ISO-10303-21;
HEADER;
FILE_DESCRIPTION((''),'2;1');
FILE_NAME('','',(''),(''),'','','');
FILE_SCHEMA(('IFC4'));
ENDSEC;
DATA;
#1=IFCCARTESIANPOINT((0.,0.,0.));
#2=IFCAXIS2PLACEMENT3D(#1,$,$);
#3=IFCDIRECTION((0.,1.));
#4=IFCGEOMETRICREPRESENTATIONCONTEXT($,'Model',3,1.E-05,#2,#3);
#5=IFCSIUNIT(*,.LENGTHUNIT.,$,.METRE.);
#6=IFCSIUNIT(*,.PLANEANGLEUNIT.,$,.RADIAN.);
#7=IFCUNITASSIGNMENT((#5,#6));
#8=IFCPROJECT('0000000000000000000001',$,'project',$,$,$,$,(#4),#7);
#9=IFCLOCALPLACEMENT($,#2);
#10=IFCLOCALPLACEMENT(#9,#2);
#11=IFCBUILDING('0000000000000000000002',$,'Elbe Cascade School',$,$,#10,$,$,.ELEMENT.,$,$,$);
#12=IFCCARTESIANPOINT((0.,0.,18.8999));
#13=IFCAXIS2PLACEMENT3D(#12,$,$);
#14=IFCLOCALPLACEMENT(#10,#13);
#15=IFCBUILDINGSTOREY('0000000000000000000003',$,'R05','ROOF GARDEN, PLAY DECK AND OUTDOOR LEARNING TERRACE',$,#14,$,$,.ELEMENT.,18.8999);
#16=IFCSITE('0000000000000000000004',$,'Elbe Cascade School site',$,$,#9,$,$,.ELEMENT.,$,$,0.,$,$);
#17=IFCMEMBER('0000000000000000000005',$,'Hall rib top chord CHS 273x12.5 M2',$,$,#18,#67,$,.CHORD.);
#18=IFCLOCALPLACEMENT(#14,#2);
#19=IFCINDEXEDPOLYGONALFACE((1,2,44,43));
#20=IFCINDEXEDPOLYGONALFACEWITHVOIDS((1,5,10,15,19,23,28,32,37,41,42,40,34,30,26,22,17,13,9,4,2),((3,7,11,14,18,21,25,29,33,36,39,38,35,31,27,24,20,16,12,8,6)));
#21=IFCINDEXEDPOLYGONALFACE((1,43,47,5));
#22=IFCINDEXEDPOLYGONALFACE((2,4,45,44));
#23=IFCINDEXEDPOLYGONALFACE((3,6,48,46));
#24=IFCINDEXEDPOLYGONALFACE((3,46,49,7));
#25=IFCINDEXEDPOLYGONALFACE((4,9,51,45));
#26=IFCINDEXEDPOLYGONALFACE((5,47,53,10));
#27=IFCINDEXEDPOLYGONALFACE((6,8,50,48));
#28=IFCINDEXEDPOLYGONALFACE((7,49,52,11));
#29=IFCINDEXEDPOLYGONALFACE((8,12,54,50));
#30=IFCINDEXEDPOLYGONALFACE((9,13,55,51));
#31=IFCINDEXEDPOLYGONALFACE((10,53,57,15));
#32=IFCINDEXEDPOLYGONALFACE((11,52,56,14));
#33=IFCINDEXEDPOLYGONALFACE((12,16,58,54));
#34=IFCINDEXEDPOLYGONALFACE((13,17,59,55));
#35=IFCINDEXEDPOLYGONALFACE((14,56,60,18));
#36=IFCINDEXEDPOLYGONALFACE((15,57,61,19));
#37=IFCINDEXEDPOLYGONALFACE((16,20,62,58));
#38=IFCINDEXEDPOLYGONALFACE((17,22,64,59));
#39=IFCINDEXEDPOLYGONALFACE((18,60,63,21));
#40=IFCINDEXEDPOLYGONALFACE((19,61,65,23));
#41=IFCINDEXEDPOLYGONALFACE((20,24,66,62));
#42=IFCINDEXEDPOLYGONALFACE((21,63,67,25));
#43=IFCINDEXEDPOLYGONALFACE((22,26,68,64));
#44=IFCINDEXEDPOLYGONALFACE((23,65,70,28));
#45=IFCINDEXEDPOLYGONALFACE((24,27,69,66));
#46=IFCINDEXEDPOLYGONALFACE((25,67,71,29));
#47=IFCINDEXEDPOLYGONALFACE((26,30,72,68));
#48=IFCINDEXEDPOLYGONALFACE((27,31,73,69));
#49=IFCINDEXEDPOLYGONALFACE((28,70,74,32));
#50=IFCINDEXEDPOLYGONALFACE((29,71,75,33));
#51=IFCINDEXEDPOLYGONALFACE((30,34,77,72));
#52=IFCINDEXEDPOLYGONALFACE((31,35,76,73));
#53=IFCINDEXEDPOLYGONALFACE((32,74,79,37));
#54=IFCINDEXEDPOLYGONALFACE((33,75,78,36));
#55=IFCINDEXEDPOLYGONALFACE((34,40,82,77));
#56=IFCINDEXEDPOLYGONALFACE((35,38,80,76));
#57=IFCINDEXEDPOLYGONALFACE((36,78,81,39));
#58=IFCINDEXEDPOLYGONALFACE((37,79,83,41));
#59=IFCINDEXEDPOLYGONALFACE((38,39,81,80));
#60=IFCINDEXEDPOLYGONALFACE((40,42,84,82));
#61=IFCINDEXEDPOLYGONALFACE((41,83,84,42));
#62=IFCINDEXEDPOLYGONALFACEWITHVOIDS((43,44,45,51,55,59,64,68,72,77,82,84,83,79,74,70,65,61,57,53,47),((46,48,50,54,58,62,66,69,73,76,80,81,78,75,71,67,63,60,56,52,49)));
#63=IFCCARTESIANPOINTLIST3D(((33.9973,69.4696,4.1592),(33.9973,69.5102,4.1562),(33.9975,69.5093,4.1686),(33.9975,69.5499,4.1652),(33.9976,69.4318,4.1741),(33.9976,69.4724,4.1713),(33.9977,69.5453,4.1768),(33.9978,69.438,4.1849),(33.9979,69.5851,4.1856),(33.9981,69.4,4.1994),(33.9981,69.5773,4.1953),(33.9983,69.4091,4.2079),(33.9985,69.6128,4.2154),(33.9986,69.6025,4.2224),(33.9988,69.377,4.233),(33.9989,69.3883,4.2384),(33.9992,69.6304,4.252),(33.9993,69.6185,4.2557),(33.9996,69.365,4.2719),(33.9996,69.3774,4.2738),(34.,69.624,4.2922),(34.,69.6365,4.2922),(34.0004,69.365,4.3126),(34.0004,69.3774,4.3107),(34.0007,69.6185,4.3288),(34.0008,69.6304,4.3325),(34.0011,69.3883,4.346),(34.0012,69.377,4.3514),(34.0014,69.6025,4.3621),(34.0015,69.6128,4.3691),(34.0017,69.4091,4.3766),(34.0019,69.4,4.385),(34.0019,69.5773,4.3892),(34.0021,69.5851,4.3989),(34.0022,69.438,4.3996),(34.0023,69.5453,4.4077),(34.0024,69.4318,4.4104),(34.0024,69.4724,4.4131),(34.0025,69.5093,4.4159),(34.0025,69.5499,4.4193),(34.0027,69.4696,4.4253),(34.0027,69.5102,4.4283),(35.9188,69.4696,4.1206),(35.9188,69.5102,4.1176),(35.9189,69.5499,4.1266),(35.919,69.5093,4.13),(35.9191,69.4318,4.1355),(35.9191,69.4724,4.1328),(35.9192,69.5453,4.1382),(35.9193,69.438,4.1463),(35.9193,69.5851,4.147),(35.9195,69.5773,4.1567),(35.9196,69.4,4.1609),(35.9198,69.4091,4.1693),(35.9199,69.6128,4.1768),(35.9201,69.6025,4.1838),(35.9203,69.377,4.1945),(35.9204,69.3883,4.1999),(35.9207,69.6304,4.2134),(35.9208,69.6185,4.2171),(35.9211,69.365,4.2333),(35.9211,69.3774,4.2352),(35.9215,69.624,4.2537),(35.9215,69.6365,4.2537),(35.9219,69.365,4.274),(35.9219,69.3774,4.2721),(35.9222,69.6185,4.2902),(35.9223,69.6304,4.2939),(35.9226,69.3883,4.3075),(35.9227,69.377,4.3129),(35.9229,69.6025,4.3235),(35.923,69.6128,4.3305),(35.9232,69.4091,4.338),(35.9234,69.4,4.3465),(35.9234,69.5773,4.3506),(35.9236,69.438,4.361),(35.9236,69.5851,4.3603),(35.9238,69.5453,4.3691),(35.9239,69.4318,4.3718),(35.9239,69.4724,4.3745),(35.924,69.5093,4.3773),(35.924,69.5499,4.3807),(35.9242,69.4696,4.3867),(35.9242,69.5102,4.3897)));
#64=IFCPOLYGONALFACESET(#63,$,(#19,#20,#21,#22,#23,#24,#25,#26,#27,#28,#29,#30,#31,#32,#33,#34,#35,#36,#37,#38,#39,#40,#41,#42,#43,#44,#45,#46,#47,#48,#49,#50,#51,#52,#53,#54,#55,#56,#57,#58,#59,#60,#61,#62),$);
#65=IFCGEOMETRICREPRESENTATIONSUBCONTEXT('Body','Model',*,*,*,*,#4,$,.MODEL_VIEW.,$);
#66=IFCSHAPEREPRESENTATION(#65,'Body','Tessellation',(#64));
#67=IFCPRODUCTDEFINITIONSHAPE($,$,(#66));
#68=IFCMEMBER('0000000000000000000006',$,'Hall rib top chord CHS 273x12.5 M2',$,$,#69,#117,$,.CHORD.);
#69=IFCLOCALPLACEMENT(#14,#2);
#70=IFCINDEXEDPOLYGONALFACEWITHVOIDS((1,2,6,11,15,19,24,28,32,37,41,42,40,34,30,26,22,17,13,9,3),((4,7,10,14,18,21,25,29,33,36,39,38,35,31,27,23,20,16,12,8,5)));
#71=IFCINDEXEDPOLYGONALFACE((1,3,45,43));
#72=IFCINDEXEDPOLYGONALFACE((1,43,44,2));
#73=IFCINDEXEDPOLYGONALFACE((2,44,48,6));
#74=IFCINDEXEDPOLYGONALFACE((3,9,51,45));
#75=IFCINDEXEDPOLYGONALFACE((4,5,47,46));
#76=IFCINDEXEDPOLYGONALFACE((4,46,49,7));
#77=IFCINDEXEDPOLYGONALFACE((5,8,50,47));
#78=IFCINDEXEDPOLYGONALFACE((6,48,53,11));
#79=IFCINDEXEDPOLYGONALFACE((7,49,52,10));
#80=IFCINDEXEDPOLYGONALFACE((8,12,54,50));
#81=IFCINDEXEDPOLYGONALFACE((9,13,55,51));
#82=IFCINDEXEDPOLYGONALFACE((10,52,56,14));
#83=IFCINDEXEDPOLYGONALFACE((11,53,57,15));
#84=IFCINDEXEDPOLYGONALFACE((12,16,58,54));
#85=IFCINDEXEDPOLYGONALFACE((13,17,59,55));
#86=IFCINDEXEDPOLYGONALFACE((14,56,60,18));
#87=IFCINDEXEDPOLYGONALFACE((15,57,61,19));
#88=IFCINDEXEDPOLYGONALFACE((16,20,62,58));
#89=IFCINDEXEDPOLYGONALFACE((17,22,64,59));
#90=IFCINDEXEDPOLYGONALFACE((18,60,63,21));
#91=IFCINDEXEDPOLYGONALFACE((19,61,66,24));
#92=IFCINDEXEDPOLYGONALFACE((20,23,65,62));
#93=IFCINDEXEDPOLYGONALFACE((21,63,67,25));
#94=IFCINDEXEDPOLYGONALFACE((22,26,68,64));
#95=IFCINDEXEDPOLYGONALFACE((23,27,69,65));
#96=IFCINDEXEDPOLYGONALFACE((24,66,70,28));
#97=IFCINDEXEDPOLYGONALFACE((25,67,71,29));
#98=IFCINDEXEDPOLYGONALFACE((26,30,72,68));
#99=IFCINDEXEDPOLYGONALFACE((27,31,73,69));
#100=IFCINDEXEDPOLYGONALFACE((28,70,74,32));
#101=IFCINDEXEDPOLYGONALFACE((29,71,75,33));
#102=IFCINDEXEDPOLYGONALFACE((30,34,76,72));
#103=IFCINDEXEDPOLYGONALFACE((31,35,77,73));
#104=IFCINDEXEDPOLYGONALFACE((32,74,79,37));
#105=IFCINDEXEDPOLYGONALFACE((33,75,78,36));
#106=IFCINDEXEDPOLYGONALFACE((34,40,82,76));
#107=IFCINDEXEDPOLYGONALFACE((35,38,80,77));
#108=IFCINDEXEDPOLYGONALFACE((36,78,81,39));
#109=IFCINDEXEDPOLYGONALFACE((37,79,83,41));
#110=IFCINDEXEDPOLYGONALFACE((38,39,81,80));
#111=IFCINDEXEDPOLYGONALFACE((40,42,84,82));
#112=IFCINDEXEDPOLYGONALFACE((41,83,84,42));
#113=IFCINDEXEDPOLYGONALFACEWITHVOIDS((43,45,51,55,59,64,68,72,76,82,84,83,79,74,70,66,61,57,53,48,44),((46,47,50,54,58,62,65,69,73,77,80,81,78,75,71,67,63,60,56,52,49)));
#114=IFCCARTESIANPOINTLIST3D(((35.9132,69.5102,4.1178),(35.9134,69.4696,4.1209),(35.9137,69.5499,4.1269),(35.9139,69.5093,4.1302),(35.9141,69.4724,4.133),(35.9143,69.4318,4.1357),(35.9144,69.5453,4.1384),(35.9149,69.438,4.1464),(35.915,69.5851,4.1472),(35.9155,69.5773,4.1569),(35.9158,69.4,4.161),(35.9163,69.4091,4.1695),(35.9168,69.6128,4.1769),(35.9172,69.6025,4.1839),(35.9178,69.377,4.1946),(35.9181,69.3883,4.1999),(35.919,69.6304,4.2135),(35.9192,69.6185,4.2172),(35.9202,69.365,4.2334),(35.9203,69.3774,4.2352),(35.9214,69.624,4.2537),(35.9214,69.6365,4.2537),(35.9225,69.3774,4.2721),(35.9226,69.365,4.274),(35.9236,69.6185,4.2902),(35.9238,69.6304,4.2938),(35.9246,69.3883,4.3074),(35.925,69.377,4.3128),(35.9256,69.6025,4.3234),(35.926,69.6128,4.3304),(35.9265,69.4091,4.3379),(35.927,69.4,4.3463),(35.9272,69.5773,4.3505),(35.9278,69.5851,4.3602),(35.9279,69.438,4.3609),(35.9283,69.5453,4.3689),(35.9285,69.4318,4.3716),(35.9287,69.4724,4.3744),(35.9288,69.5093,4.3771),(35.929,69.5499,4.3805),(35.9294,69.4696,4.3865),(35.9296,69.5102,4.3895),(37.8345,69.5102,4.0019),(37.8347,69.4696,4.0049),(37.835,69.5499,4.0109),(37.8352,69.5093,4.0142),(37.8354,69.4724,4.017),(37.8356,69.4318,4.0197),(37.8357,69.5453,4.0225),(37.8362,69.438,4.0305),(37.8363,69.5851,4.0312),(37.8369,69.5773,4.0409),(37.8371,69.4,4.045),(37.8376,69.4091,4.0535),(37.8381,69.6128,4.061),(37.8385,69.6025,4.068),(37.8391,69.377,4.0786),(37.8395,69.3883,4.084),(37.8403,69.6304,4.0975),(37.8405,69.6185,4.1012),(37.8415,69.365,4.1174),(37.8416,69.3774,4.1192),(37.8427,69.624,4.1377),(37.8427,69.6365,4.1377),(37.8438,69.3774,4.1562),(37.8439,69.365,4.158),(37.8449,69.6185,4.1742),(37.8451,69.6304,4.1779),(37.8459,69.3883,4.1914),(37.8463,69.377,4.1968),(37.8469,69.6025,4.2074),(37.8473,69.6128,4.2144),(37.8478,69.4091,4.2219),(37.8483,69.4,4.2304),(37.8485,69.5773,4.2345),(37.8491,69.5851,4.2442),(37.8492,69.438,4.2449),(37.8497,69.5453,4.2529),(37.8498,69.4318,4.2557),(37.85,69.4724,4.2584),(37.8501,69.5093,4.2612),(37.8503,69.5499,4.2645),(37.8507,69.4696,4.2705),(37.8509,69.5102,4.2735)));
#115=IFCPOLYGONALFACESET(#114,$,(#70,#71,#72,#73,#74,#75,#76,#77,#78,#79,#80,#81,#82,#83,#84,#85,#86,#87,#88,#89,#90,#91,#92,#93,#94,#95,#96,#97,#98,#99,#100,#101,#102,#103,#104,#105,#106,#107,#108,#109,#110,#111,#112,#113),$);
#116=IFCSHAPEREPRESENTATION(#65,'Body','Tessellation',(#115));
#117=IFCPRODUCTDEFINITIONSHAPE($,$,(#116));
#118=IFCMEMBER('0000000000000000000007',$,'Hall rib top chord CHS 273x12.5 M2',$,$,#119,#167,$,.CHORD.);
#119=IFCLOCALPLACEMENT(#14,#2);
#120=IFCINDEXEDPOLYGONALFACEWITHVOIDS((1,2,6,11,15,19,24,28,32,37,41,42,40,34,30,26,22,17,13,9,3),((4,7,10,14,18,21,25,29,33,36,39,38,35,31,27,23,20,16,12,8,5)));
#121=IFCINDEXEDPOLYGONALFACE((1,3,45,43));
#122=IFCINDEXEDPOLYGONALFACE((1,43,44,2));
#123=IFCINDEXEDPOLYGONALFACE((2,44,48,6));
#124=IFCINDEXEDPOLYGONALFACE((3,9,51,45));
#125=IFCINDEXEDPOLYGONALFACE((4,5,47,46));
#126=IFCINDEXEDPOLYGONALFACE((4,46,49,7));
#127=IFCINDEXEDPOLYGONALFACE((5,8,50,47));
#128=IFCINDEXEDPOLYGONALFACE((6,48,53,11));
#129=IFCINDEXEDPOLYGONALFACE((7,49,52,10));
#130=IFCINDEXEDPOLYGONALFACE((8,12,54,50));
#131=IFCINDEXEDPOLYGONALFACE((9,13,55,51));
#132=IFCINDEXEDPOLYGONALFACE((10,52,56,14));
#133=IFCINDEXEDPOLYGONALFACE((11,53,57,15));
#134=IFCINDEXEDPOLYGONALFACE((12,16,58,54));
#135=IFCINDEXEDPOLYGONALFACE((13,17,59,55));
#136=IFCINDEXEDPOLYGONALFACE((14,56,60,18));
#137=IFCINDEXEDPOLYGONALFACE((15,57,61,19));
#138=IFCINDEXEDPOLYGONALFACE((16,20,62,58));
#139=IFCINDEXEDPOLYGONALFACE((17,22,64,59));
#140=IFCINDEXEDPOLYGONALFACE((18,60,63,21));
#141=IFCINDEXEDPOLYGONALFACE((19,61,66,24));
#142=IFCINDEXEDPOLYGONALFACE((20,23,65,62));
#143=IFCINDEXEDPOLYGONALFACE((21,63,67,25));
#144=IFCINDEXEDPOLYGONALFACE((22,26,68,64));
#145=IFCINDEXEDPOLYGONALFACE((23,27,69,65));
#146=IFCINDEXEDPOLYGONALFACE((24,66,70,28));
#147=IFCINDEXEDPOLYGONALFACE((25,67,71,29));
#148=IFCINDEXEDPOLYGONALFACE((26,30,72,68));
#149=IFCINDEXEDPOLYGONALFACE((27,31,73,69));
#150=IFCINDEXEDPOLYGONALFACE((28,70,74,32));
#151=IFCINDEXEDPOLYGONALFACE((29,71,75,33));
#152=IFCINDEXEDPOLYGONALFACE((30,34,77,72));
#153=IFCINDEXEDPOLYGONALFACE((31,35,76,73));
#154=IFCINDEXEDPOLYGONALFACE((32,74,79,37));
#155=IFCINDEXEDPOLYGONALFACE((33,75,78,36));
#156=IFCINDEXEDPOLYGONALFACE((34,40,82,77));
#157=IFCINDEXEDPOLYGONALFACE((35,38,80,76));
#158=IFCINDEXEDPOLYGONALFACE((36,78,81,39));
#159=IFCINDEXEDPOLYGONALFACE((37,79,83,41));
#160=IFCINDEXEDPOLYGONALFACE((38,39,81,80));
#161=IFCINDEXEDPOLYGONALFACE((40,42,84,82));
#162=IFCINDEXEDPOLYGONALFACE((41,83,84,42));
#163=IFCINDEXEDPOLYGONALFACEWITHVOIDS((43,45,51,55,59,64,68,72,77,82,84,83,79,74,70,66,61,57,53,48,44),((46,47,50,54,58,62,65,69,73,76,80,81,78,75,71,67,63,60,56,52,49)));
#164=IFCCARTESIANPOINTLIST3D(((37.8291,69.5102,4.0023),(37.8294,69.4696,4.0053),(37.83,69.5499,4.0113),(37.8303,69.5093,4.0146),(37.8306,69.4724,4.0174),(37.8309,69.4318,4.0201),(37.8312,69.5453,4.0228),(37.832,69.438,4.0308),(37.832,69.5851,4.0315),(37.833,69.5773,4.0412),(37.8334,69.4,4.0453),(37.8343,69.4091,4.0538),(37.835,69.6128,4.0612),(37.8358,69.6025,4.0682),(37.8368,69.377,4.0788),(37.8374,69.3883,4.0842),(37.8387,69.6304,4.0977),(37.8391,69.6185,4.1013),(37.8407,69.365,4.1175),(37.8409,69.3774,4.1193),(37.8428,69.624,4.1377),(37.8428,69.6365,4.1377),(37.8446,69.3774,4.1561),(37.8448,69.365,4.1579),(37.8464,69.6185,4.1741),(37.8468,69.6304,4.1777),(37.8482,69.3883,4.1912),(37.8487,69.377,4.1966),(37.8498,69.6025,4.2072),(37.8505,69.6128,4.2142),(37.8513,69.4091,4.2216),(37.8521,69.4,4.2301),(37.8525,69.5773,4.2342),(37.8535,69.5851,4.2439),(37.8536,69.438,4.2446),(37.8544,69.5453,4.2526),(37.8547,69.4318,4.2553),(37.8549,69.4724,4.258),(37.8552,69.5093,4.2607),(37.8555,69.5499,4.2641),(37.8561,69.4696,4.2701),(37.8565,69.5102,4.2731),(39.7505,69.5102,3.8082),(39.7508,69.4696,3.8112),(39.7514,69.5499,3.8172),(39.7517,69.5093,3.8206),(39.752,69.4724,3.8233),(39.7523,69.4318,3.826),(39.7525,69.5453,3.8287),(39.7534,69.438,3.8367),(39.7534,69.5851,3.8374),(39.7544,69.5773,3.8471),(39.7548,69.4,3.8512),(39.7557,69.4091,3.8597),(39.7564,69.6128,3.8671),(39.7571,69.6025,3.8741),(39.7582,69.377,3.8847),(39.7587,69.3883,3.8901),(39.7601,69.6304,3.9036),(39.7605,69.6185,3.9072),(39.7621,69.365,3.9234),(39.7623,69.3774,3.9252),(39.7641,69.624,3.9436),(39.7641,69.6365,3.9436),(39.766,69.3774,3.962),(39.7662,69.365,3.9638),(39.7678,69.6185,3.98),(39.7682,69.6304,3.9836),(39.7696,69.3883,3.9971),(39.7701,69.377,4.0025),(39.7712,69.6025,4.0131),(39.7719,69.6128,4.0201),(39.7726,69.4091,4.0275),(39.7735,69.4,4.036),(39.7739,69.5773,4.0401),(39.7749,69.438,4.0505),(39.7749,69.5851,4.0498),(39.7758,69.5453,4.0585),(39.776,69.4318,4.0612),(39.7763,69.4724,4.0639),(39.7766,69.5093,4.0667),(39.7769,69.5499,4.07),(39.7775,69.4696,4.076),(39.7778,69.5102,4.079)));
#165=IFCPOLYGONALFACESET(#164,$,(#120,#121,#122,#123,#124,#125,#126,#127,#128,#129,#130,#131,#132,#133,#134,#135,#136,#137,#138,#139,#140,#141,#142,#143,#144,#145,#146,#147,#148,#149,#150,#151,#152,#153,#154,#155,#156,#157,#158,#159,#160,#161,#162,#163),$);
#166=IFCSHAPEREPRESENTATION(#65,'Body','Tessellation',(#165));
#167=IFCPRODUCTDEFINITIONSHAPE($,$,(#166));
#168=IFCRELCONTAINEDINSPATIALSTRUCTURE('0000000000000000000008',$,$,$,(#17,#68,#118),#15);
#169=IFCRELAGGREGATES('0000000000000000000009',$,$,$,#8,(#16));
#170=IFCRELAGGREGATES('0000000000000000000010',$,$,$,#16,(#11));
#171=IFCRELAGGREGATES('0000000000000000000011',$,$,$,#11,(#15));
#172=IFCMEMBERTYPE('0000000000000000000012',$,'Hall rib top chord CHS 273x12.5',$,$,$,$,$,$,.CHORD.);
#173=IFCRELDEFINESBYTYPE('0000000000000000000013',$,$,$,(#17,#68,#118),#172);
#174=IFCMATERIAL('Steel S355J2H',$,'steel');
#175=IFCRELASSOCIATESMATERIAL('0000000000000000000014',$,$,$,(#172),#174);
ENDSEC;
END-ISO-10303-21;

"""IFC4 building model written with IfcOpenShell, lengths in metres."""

from ifc_helpers import new_model, si_unit, direction, frame, origin, origin_2d, place, context, subcontext, project, spatial, hollow_circle, extrude, material, material_profile, profile_set, type_object, element, save


model = new_model("IFC4")

# Units and contexts
model_context = context("Model", 3, precision=1e-05, world=origin(), true_north=direction((0.0, 1.0)))
body_context = subcontext(model_context, "Body", "Model", "MODEL_VIEW")
ifc_project = project(units=[si_unit("LENGTHUNIT", "METRE"), si_unit("PLANEANGLEUNIT", "RADIAN")], contexts=[model_context])

# Site, building, storey
site_placement = place(None, origin())
site = spatial("IfcSite", under=ifc_project, at=site_placement, Name="Elbe Cascade School site", CompositionType="ELEMENT", RefElevation=0.0)
building_placement = place(site_placement, origin())
building = spatial("IfcBuilding", under=site, at=building_placement, Name="Elbe Cascade School", CompositionType="ELEMENT")
storey_placement = place(building_placement, frame((0.0, 0.0, 18.8999)))
storey = spatial("IfcBuildingStorey", under=building, at=storey_placement, Name="R05", Description="ROOF GARDEN, PLAY DECK AND OUTDOOR LEARNING TERRACE", CompositionType="ELEMENT", Elevation=18.8999)

# Members
ifc_material_1 = material(Name="Steel S355J2H", Category="steel")
ifc_material_profile_1 = material_profile(ifc_material_1, hollow_circle(Radius=0.1365, WallThickness=0.0125, at=origin_2d()), Name="CHS 273x12.5")
ifc_profile_set_1 = profile_set([ifc_material_profile_1], Name="Steel S355J2H")
member_type_1 = type_object("IfcMemberType", Name="Hall rib top chord CHS 273x12.5", PredefinedType="CHORD", material=ifc_profile_set_1)
member_1_placement = place(storey_placement, frame((34.0, 69.5, 4.2922), z_axis=(0.999799, 0.0, -0.020072), x_axis=(0.0, 1.0, 0.0)))
element("IfcMember", 1, at=member_1_placement, inside=storey, type_object=member_type_1, Name="Hall rib top chord CHS 273x12.5 M2", PredefinedType="CHORD", context=body_context, shape_type="SweptSolid", body=[
    extrude(hollow_circle(Radius=0.1365, WallThickness=0.0125, at=origin_2d()), origin(), (0.0, 0.0, 1.0), 1.9219),
])
member_2_placement = place(storey_placement, frame((35.9214, 69.5, 4.2537), z_axis=(0.998184, 0.0, -0.060246), x_axis=(0.0, 1.0, 0.0)))
element("IfcMember", 2, at=member_2_placement, inside=storey, type_object=member_type_1, Name="Hall rib top chord CHS 273x12.5 M2", PredefinedType="CHORD", context=body_context, shape_type="SweptSolid", body=[
    extrude(hollow_circle(Radius=0.1365, WallThickness=0.0125, at=origin_2d()), origin(), (0.0, 0.0, 1.0), 1.9248),
])
member_3_placement = place(storey_placement, frame((37.8428, 69.5, 4.1377), z_axis=(0.994937, 0.0, -0.100505), x_axis=(0.0, 1.0, 0.0)))
element("IfcMember", 3, at=member_3_placement, inside=storey, type_object=member_type_1, Name="Hall rib top chord CHS 273x12.5 M2", PredefinedType="CHORD", context=body_context, shape_type="SweptSolid", body=[
    extrude(hollow_circle(Radius=0.1365, WallThickness=0.0125, at=origin_2d()), origin(), (0.0, 0.0, 1.0), 1.9312),
])

save(model, "model.ifc")
